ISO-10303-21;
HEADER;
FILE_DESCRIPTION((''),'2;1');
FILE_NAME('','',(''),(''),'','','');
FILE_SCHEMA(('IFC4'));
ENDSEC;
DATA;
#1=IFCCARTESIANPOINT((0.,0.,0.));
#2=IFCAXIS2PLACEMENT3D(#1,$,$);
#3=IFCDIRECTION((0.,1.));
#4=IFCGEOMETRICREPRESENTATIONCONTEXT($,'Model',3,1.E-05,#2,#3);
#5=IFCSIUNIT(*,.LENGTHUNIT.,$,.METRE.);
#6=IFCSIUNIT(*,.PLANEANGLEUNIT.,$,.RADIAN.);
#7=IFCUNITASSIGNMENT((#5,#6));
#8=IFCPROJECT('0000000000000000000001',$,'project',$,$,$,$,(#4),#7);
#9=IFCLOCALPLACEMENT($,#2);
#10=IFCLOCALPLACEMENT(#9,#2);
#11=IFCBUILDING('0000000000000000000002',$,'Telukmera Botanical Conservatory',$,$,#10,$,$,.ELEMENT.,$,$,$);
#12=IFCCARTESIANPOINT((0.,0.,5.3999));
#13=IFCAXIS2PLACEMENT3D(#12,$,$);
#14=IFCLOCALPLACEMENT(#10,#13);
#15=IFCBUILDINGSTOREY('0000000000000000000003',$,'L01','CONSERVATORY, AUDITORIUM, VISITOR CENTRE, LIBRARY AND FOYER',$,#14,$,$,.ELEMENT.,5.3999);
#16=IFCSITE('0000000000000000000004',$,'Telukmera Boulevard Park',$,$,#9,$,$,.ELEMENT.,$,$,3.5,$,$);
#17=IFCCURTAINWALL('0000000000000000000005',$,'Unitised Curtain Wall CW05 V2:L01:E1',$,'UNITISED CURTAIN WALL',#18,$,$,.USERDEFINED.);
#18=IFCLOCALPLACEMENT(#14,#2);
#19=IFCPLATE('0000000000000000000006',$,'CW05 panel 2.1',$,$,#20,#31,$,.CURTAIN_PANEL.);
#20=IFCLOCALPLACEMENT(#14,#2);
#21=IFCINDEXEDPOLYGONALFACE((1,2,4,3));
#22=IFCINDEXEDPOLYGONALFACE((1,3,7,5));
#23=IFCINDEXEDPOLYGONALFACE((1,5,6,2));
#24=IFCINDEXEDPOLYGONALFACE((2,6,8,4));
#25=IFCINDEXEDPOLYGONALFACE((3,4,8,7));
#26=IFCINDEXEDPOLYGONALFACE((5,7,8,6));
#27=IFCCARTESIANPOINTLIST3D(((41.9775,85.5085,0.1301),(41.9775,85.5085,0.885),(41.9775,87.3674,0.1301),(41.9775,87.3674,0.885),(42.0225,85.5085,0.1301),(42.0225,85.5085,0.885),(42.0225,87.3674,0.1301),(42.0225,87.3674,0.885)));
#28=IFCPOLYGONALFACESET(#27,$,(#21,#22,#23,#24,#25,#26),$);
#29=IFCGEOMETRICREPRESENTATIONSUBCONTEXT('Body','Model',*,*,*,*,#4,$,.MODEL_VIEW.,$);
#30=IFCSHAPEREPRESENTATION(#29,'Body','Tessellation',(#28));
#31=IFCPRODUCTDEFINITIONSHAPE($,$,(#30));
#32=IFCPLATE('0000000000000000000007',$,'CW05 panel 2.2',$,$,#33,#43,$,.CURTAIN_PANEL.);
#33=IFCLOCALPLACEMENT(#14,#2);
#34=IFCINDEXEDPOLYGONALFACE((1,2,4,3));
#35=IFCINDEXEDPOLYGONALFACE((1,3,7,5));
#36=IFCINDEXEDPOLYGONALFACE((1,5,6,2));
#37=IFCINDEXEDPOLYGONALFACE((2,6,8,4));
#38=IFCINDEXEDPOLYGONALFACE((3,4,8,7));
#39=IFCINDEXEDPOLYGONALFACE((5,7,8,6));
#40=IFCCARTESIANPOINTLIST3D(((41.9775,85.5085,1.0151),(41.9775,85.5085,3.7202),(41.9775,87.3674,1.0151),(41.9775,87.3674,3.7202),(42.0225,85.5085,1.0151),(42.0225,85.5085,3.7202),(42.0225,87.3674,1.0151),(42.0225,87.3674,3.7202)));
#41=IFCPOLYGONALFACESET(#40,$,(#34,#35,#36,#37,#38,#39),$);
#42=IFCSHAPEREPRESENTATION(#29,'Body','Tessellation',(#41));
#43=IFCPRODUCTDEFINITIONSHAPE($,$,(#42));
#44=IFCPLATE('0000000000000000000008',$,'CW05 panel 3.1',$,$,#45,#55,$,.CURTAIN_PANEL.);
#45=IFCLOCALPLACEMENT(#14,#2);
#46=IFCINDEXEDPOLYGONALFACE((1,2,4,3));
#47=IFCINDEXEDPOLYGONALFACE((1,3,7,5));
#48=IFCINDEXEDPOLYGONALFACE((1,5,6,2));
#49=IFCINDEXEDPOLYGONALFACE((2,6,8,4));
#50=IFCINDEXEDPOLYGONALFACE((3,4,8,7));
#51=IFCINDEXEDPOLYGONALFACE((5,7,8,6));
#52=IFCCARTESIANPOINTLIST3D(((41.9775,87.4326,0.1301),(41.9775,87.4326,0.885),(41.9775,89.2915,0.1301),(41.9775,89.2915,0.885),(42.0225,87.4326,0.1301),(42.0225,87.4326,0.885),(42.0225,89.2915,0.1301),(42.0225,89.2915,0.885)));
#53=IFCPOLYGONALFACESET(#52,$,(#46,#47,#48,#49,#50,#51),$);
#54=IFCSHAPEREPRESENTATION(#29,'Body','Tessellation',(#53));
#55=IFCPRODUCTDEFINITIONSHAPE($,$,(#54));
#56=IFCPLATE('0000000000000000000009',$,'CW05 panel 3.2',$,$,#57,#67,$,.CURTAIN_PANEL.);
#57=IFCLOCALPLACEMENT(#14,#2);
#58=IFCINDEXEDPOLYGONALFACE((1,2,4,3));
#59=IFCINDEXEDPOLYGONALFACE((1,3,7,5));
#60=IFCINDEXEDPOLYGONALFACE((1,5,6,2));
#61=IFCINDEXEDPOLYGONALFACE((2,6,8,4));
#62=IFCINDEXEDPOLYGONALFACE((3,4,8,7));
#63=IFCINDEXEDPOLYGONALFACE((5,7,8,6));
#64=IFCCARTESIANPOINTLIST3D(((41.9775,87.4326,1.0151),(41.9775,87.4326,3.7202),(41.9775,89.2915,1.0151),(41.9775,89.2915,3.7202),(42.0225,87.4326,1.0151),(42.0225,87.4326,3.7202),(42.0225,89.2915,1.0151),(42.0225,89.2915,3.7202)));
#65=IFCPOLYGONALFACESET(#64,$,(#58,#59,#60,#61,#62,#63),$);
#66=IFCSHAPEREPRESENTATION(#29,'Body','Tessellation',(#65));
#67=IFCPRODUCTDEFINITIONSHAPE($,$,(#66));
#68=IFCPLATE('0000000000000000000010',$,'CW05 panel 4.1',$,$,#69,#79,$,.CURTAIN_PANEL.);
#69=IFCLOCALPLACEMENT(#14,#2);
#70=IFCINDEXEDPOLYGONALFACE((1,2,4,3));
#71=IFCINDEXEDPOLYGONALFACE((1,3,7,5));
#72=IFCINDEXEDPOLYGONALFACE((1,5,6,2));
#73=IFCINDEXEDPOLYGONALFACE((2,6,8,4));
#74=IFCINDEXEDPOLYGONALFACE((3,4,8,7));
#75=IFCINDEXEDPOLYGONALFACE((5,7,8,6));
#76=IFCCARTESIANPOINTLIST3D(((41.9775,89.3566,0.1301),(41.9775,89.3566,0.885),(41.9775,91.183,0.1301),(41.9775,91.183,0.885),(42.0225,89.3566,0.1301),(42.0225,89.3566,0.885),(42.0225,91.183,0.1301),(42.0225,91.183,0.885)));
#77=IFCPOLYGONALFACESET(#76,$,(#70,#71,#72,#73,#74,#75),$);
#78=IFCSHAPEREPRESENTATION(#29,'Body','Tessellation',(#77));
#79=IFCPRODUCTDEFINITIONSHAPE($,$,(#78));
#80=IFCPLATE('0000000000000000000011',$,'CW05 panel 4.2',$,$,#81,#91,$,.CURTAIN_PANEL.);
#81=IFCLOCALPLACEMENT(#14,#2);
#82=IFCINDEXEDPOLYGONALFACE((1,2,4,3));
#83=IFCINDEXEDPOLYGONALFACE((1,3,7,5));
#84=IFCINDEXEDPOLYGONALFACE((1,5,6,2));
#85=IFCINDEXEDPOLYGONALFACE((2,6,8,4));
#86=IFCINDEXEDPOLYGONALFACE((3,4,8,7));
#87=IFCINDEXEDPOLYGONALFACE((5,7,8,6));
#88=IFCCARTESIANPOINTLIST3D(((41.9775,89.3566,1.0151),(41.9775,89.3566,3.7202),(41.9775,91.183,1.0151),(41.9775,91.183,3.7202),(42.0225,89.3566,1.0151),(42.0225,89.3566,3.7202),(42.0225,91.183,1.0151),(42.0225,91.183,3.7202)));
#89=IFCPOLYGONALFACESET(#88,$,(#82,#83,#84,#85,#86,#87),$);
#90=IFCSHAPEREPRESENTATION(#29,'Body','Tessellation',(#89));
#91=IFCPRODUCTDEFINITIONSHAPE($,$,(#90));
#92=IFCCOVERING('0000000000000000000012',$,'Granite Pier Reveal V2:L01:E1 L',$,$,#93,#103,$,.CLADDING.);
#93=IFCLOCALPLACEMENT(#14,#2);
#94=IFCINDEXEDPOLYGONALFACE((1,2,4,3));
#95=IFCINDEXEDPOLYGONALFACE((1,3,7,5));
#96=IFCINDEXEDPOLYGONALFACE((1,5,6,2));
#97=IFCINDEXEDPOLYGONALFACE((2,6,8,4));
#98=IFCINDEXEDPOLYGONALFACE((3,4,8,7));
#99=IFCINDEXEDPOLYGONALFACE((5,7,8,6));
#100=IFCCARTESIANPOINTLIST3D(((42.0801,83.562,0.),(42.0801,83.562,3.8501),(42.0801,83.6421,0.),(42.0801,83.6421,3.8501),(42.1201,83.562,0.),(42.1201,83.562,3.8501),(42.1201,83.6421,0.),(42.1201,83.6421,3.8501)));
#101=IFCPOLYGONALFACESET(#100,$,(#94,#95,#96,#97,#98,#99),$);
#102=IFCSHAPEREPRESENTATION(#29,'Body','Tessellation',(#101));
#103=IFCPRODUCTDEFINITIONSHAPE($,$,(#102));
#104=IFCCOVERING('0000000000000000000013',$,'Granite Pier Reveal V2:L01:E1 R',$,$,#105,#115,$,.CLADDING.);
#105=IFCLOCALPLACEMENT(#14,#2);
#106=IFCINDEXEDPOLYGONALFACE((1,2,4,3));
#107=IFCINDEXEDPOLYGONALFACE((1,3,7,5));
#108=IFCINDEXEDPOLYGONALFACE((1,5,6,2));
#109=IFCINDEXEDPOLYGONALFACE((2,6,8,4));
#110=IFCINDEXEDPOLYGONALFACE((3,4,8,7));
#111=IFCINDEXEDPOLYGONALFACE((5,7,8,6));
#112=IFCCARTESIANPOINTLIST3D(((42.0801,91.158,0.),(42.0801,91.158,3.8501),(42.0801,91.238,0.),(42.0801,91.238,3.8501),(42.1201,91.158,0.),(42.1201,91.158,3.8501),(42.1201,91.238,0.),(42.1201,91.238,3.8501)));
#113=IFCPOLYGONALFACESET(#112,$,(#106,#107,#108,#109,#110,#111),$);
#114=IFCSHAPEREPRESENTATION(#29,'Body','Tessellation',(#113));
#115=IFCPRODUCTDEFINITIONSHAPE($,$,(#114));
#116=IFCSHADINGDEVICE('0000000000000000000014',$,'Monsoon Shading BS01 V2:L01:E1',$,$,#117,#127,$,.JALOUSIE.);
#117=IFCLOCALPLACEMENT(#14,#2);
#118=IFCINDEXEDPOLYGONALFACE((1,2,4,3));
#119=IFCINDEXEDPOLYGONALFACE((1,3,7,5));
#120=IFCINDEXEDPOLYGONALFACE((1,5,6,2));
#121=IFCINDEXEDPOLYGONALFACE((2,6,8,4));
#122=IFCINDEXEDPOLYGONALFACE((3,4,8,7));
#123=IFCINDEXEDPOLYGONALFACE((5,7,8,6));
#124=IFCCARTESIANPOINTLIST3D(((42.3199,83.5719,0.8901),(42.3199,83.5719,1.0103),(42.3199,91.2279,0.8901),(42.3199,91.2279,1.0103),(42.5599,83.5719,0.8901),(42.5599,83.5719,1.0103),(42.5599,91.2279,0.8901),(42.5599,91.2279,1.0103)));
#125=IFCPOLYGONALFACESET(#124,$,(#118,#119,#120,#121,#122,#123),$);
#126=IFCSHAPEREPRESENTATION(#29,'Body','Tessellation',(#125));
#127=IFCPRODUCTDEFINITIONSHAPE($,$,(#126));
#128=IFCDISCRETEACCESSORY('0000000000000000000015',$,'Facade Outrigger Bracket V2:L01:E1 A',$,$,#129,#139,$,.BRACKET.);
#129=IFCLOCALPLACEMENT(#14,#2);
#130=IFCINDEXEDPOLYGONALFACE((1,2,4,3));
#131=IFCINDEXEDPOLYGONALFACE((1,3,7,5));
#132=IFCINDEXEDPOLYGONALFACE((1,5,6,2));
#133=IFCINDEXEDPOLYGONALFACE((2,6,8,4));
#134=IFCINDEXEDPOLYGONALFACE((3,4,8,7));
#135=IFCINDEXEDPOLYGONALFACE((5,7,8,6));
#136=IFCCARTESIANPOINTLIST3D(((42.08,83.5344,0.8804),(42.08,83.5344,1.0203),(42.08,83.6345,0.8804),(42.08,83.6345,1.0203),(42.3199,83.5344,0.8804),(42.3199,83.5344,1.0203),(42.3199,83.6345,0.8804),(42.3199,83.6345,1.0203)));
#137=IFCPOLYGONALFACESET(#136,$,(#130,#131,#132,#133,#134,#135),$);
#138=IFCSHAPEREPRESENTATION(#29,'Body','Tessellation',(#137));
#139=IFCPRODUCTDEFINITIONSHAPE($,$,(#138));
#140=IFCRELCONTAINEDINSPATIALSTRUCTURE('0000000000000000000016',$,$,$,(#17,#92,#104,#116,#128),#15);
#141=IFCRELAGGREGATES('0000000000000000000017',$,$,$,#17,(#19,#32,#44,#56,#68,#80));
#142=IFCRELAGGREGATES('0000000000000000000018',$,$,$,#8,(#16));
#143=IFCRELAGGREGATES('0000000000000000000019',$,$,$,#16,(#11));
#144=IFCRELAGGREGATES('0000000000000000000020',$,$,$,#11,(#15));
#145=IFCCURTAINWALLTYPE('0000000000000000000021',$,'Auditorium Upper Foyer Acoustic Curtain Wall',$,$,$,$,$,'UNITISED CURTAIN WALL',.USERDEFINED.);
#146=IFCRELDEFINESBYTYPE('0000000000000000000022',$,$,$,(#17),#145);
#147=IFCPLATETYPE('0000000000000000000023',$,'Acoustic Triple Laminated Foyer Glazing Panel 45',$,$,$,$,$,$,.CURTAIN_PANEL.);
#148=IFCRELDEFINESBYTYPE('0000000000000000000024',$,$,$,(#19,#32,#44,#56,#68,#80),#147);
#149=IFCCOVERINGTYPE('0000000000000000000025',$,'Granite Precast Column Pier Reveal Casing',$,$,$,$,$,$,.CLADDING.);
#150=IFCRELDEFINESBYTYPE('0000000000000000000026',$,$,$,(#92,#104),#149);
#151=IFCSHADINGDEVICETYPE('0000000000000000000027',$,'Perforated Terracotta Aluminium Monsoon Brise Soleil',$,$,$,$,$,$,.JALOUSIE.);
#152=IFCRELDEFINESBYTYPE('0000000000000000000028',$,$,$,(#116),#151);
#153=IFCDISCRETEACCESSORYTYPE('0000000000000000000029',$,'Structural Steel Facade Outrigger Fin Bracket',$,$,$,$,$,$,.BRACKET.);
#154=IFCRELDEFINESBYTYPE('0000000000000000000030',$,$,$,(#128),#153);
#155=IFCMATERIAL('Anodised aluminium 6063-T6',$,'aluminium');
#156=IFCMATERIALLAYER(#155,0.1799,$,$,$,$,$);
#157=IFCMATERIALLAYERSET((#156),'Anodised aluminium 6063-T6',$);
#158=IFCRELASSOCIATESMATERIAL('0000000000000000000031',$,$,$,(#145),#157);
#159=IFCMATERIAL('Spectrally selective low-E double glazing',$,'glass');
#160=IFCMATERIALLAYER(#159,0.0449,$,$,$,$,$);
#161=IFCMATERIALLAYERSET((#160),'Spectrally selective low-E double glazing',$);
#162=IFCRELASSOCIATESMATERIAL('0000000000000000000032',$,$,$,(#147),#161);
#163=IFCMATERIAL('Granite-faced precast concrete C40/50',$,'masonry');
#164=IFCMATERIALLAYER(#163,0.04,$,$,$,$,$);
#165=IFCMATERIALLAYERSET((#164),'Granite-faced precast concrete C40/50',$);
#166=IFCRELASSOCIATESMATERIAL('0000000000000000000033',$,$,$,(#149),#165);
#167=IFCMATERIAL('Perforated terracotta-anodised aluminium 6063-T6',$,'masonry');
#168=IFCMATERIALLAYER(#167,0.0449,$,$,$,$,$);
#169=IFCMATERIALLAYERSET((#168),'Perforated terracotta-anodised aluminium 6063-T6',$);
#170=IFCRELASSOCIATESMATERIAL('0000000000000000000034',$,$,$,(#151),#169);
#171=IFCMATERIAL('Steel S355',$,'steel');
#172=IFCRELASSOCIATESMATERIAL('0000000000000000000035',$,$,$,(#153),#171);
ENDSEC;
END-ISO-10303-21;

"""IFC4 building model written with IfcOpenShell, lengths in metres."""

from ifc_helpers import new_model, si_unit, direction, frame, origin, origin_2d, place, context, subcontext, project, spatial, rectangle, extrude, material, layer, layer_set, type_object, element, aggregate, save


model = new_model("IFC4")

# Units and contexts
model_context = context("Model", 3, precision=1e-05, world=origin(), true_north=direction((0.0, 1.0)))
body_context = subcontext(model_context, "Body", "Model", "MODEL_VIEW")
ifc_project = project(units=[si_unit("LENGTHUNIT", "METRE"), si_unit("PLANEANGLEUNIT", "RADIAN")], contexts=[model_context])

# Site, building, storey
site_placement = place(None, origin())
site = spatial("IfcSite", under=ifc_project, at=site_placement, Name="Telukmera Boulevard Park", CompositionType="ELEMENT", RefElevation=3.5)
building_placement = place(site_placement, origin())
building = spatial("IfcBuilding", under=site, at=building_placement, Name="Telukmera Botanical Conservatory", CompositionType="ELEMENT")
storey_placement = place(building_placement, frame((0.0, 0.0, 5.3999)))
storey = spatial("IfcBuildingStorey", under=building, at=storey_placement, Name="L01", Description="CONSERVATORY, AUDITORIUM, VISITOR CENTRE, LIBRARY AND FOYER", CompositionType="ELEMENT", Elevation=5.3999)

# Shared definitions
ifc_material_1 = material(Name="Steel S355", Category="steel")

# Curtain wall, plates
ifc_material_2 = material(Name="Anodised aluminium 6063-T6", Category="aluminium")
ifc_layer_1 = layer(ifc_material_2, 0.1799)
ifc_layer_set_1 = layer_set([ifc_layer_1], Name="Anodised aluminium 6063-T6")
curtain_wall_type = type_object("IfcCurtainWallType", Name="Auditorium Upper Foyer Acoustic Curtain Wall", ElementType="UNITISED CURTAIN WALL", PredefinedType="USERDEFINED", material=ifc_layer_set_1)
curtain_wall_placement = place(storey_placement, origin())
curtain_wall = element("IfcCurtainWall", 1, at=curtain_wall_placement, inside=storey, type_object=curtain_wall_type, Name="Unitised Curtain Wall CW05 V2:L01:E1", ObjectType="UNITISED CURTAIN WALL", PredefinedType="USERDEFINED")
ifc_material_3 = material(Name="Spectrally selective low-E double glazing", Category="glass")
ifc_layer_2 = layer(ifc_material_3, 0.0449)
ifc_layer_set_2 = layer_set([ifc_layer_2], Name="Spectrally selective low-E double glazing")
plate_type = type_object("IfcPlateType", Name="Acoustic Triple Laminated Foyer Glazing Panel 45", PredefinedType="CURTAIN_PANEL", material=ifc_layer_set_2)
plate_1_placement = place(storey_placement, frame((42.0, 86.438, 0.1301), z_axis=(0.0, 0.0, 1.0), x_axis=(0.0, 1.0, 0.0)))
plate_1 = element("IfcPlate", 2, at=plate_1_placement, type_object=plate_type, Name="CW05 panel 2.1", PredefinedType="CURTAIN_PANEL", context=body_context, shape_type="SweptSolid", body=[
    extrude(rectangle(XDim=1.8589, YDim=0.0449, at=origin_2d()), origin(), (0.0, 0.0, 1.0), 0.7549),
])
plate_2_placement = place(storey_placement, frame((42.0, 86.438, 1.0151), z_axis=(0.0, 0.0, 1.0), x_axis=(0.0, 1.0, 0.0)))
plate_2 = element("IfcPlate", 3, at=plate_2_placement, type_object=plate_type, Name="CW05 panel 2.2", PredefinedType="CURTAIN_PANEL", context=body_context, shape_type="SweptSolid", body=[
    extrude(rectangle(XDim=1.8589, YDim=0.0449, at=origin_2d()), origin(), (0.0, 0.0, 1.0), 2.7051),
])
plate_3_placement = place(storey_placement, frame((42.0, 88.3621, 0.1301), z_axis=(0.0, 0.0, 1.0), x_axis=(0.0, 1.0, 0.0)))
plate_3 = element("IfcPlate", 4, at=plate_3_placement, type_object=plate_type, Name="CW05 panel 3.1", PredefinedType="CURTAIN_PANEL", context=body_context, shape_type="SweptSolid", body=[
    extrude(rectangle(XDim=1.8589, YDim=0.0449, at=origin_2d()), origin(), (0.0, 0.0, 1.0), 0.7549),
])
plate_4_placement = place(storey_placement, frame((42.0, 88.3621, 1.0151), z_axis=(0.0, 0.0, 1.0), x_axis=(0.0, 1.0, 0.0)))
plate_4 = element("IfcPlate", 5, at=plate_4_placement, type_object=plate_type, Name="CW05 panel 3.2", PredefinedType="CURTAIN_PANEL", context=body_context, shape_type="SweptSolid", body=[
    extrude(rectangle(XDim=1.8589, YDim=0.0449, at=origin_2d()), origin(), (0.0, 0.0, 1.0), 2.7051),
])
plate_5_placement = place(storey_placement, frame((42.0, 90.2698, 0.1301), z_axis=(0.0, 0.0, 1.0), x_axis=(0.0, 1.0, 0.0)))
plate_5 = element("IfcPlate", 6, at=plate_5_placement, type_object=plate_type, Name="CW05 panel 4.1", PredefinedType="CURTAIN_PANEL", context=body_context, shape_type="SweptSolid", body=[
    extrude(rectangle(XDim=1.8264, YDim=0.0449, at=origin_2d()), origin(), (0.0, 0.0, 1.0), 0.7549),
])
plate_6_placement = place(storey_placement, frame((42.0, 90.2698, 1.0151), z_axis=(0.0, 0.0, 1.0), x_axis=(0.0, 1.0, 0.0)))
plate_6 = element("IfcPlate", 7, at=plate_6_placement, type_object=plate_type, Name="CW05 panel 4.2", PredefinedType="CURTAIN_PANEL", context=body_context, shape_type="SweptSolid", body=[
    extrude(rectangle(XDim=1.8264, YDim=0.0449, at=origin_2d()), origin(), (0.0, 0.0, 1.0), 2.7051),
])
aggregate(curtain_wall, [plate_1, plate_2, plate_3, plate_4, plate_5, plate_6])

# Coverings
ifc_material_4 = material(Name="Granite-faced precast concrete C40/50", Category="masonry")
ifc_layer_3 = layer(ifc_material_4, 0.04)
ifc_layer_set_3 = layer_set([ifc_layer_3], Name="Granite-faced precast concrete C40/50")
covering_type = type_object("IfcCoveringType", Name="Granite Precast Column Pier Reveal Casing", PredefinedType="CLADDING", material=ifc_layer_set_3)
for number, where, z_axis, x_axis, name in (
    (8, (42.1001, 83.6021, 0.0), (0.0, 0.0, 1.0), (0.0, 1.0, 0.0), "Granite Pier Reveal V2:L01:E1 L"),
    (9, (42.1001, 91.198, 0.0), (0.0, 0.0, 1.0), (0.0, 1.0, 0.0), "Granite Pier Reveal V2:L01:E1 R"),
):
    element("IfcCovering", number, at=place(storey_placement, frame(where, z_axis=z_axis, x_axis=x_axis)), inside=storey, type_object=covering_type, Name=name, PredefinedType="CLADDING", context=body_context, shape_type="SweptSolid", body=[
        extrude(rectangle(XDim=0.0801, YDim=0.04, at=origin_2d()), origin(), (0.0, 0.0, 1.0), 3.8501),
    ])

# Shading device
ifc_material_5 = material(Name="Perforated terracotta-anodised aluminium 6063-T6", Category="masonry")
ifc_layer_4 = layer(ifc_material_5, 0.0449)
ifc_layer_set_4 = layer_set([ifc_layer_4], Name="Perforated terracotta-anodised aluminium 6063-T6")
shading_device_type = type_object("IfcShadingDeviceType", Name="Perforated Terracotta Aluminium Monsoon Brise Soleil", PredefinedType="JALOUSIE", material=ifc_layer_set_4)
shading_device_placement = place(storey_placement, frame((42.4399, 87.3999, 0.8901), z_axis=(0.0, 0.0, 1.0), x_axis=(0.0, 1.0, 0.0)))
element("IfcShadingDevice", 10, at=shading_device_placement, inside=storey, type_object=shading_device_type, Name="Monsoon Shading BS01 V2:L01:E1", PredefinedType="JALOUSIE", context=body_context, shape_type="SweptSolid", body=[
    extrude(rectangle(XDim=7.656, YDim=0.24, at=origin_2d()), origin(), (0.0, 0.0, 1.0), 0.1201),
])

# Discrete accessory
discrete_accessory_type = type_object("IfcDiscreteAccessoryType", Name="Structural Steel Facade Outrigger Fin Bracket", PredefinedType="BRACKET", material=ifc_material_1)
discrete_accessory_placement = place(storey_placement, frame((42.2, 83.5845, 0.8804), z_axis=(0.0, 0.0, 1.0), x_axis=(0.0, 1.0, 0.0)))
element("IfcDiscreteAccessory", 11, at=discrete_accessory_placement, inside=storey, type_object=discrete_accessory_type, Name="Facade Outrigger Bracket V2:L01:E1 A", PredefinedType="BRACKET", context=body_context, shape_type="SweptSolid", body=[
    extrude(rectangle(XDim=0.1001, YDim=0.24, at=origin_2d()), origin(), (0.0, 0.0, 1.0), 0.1399),
])

save(model, "model.ifc")
